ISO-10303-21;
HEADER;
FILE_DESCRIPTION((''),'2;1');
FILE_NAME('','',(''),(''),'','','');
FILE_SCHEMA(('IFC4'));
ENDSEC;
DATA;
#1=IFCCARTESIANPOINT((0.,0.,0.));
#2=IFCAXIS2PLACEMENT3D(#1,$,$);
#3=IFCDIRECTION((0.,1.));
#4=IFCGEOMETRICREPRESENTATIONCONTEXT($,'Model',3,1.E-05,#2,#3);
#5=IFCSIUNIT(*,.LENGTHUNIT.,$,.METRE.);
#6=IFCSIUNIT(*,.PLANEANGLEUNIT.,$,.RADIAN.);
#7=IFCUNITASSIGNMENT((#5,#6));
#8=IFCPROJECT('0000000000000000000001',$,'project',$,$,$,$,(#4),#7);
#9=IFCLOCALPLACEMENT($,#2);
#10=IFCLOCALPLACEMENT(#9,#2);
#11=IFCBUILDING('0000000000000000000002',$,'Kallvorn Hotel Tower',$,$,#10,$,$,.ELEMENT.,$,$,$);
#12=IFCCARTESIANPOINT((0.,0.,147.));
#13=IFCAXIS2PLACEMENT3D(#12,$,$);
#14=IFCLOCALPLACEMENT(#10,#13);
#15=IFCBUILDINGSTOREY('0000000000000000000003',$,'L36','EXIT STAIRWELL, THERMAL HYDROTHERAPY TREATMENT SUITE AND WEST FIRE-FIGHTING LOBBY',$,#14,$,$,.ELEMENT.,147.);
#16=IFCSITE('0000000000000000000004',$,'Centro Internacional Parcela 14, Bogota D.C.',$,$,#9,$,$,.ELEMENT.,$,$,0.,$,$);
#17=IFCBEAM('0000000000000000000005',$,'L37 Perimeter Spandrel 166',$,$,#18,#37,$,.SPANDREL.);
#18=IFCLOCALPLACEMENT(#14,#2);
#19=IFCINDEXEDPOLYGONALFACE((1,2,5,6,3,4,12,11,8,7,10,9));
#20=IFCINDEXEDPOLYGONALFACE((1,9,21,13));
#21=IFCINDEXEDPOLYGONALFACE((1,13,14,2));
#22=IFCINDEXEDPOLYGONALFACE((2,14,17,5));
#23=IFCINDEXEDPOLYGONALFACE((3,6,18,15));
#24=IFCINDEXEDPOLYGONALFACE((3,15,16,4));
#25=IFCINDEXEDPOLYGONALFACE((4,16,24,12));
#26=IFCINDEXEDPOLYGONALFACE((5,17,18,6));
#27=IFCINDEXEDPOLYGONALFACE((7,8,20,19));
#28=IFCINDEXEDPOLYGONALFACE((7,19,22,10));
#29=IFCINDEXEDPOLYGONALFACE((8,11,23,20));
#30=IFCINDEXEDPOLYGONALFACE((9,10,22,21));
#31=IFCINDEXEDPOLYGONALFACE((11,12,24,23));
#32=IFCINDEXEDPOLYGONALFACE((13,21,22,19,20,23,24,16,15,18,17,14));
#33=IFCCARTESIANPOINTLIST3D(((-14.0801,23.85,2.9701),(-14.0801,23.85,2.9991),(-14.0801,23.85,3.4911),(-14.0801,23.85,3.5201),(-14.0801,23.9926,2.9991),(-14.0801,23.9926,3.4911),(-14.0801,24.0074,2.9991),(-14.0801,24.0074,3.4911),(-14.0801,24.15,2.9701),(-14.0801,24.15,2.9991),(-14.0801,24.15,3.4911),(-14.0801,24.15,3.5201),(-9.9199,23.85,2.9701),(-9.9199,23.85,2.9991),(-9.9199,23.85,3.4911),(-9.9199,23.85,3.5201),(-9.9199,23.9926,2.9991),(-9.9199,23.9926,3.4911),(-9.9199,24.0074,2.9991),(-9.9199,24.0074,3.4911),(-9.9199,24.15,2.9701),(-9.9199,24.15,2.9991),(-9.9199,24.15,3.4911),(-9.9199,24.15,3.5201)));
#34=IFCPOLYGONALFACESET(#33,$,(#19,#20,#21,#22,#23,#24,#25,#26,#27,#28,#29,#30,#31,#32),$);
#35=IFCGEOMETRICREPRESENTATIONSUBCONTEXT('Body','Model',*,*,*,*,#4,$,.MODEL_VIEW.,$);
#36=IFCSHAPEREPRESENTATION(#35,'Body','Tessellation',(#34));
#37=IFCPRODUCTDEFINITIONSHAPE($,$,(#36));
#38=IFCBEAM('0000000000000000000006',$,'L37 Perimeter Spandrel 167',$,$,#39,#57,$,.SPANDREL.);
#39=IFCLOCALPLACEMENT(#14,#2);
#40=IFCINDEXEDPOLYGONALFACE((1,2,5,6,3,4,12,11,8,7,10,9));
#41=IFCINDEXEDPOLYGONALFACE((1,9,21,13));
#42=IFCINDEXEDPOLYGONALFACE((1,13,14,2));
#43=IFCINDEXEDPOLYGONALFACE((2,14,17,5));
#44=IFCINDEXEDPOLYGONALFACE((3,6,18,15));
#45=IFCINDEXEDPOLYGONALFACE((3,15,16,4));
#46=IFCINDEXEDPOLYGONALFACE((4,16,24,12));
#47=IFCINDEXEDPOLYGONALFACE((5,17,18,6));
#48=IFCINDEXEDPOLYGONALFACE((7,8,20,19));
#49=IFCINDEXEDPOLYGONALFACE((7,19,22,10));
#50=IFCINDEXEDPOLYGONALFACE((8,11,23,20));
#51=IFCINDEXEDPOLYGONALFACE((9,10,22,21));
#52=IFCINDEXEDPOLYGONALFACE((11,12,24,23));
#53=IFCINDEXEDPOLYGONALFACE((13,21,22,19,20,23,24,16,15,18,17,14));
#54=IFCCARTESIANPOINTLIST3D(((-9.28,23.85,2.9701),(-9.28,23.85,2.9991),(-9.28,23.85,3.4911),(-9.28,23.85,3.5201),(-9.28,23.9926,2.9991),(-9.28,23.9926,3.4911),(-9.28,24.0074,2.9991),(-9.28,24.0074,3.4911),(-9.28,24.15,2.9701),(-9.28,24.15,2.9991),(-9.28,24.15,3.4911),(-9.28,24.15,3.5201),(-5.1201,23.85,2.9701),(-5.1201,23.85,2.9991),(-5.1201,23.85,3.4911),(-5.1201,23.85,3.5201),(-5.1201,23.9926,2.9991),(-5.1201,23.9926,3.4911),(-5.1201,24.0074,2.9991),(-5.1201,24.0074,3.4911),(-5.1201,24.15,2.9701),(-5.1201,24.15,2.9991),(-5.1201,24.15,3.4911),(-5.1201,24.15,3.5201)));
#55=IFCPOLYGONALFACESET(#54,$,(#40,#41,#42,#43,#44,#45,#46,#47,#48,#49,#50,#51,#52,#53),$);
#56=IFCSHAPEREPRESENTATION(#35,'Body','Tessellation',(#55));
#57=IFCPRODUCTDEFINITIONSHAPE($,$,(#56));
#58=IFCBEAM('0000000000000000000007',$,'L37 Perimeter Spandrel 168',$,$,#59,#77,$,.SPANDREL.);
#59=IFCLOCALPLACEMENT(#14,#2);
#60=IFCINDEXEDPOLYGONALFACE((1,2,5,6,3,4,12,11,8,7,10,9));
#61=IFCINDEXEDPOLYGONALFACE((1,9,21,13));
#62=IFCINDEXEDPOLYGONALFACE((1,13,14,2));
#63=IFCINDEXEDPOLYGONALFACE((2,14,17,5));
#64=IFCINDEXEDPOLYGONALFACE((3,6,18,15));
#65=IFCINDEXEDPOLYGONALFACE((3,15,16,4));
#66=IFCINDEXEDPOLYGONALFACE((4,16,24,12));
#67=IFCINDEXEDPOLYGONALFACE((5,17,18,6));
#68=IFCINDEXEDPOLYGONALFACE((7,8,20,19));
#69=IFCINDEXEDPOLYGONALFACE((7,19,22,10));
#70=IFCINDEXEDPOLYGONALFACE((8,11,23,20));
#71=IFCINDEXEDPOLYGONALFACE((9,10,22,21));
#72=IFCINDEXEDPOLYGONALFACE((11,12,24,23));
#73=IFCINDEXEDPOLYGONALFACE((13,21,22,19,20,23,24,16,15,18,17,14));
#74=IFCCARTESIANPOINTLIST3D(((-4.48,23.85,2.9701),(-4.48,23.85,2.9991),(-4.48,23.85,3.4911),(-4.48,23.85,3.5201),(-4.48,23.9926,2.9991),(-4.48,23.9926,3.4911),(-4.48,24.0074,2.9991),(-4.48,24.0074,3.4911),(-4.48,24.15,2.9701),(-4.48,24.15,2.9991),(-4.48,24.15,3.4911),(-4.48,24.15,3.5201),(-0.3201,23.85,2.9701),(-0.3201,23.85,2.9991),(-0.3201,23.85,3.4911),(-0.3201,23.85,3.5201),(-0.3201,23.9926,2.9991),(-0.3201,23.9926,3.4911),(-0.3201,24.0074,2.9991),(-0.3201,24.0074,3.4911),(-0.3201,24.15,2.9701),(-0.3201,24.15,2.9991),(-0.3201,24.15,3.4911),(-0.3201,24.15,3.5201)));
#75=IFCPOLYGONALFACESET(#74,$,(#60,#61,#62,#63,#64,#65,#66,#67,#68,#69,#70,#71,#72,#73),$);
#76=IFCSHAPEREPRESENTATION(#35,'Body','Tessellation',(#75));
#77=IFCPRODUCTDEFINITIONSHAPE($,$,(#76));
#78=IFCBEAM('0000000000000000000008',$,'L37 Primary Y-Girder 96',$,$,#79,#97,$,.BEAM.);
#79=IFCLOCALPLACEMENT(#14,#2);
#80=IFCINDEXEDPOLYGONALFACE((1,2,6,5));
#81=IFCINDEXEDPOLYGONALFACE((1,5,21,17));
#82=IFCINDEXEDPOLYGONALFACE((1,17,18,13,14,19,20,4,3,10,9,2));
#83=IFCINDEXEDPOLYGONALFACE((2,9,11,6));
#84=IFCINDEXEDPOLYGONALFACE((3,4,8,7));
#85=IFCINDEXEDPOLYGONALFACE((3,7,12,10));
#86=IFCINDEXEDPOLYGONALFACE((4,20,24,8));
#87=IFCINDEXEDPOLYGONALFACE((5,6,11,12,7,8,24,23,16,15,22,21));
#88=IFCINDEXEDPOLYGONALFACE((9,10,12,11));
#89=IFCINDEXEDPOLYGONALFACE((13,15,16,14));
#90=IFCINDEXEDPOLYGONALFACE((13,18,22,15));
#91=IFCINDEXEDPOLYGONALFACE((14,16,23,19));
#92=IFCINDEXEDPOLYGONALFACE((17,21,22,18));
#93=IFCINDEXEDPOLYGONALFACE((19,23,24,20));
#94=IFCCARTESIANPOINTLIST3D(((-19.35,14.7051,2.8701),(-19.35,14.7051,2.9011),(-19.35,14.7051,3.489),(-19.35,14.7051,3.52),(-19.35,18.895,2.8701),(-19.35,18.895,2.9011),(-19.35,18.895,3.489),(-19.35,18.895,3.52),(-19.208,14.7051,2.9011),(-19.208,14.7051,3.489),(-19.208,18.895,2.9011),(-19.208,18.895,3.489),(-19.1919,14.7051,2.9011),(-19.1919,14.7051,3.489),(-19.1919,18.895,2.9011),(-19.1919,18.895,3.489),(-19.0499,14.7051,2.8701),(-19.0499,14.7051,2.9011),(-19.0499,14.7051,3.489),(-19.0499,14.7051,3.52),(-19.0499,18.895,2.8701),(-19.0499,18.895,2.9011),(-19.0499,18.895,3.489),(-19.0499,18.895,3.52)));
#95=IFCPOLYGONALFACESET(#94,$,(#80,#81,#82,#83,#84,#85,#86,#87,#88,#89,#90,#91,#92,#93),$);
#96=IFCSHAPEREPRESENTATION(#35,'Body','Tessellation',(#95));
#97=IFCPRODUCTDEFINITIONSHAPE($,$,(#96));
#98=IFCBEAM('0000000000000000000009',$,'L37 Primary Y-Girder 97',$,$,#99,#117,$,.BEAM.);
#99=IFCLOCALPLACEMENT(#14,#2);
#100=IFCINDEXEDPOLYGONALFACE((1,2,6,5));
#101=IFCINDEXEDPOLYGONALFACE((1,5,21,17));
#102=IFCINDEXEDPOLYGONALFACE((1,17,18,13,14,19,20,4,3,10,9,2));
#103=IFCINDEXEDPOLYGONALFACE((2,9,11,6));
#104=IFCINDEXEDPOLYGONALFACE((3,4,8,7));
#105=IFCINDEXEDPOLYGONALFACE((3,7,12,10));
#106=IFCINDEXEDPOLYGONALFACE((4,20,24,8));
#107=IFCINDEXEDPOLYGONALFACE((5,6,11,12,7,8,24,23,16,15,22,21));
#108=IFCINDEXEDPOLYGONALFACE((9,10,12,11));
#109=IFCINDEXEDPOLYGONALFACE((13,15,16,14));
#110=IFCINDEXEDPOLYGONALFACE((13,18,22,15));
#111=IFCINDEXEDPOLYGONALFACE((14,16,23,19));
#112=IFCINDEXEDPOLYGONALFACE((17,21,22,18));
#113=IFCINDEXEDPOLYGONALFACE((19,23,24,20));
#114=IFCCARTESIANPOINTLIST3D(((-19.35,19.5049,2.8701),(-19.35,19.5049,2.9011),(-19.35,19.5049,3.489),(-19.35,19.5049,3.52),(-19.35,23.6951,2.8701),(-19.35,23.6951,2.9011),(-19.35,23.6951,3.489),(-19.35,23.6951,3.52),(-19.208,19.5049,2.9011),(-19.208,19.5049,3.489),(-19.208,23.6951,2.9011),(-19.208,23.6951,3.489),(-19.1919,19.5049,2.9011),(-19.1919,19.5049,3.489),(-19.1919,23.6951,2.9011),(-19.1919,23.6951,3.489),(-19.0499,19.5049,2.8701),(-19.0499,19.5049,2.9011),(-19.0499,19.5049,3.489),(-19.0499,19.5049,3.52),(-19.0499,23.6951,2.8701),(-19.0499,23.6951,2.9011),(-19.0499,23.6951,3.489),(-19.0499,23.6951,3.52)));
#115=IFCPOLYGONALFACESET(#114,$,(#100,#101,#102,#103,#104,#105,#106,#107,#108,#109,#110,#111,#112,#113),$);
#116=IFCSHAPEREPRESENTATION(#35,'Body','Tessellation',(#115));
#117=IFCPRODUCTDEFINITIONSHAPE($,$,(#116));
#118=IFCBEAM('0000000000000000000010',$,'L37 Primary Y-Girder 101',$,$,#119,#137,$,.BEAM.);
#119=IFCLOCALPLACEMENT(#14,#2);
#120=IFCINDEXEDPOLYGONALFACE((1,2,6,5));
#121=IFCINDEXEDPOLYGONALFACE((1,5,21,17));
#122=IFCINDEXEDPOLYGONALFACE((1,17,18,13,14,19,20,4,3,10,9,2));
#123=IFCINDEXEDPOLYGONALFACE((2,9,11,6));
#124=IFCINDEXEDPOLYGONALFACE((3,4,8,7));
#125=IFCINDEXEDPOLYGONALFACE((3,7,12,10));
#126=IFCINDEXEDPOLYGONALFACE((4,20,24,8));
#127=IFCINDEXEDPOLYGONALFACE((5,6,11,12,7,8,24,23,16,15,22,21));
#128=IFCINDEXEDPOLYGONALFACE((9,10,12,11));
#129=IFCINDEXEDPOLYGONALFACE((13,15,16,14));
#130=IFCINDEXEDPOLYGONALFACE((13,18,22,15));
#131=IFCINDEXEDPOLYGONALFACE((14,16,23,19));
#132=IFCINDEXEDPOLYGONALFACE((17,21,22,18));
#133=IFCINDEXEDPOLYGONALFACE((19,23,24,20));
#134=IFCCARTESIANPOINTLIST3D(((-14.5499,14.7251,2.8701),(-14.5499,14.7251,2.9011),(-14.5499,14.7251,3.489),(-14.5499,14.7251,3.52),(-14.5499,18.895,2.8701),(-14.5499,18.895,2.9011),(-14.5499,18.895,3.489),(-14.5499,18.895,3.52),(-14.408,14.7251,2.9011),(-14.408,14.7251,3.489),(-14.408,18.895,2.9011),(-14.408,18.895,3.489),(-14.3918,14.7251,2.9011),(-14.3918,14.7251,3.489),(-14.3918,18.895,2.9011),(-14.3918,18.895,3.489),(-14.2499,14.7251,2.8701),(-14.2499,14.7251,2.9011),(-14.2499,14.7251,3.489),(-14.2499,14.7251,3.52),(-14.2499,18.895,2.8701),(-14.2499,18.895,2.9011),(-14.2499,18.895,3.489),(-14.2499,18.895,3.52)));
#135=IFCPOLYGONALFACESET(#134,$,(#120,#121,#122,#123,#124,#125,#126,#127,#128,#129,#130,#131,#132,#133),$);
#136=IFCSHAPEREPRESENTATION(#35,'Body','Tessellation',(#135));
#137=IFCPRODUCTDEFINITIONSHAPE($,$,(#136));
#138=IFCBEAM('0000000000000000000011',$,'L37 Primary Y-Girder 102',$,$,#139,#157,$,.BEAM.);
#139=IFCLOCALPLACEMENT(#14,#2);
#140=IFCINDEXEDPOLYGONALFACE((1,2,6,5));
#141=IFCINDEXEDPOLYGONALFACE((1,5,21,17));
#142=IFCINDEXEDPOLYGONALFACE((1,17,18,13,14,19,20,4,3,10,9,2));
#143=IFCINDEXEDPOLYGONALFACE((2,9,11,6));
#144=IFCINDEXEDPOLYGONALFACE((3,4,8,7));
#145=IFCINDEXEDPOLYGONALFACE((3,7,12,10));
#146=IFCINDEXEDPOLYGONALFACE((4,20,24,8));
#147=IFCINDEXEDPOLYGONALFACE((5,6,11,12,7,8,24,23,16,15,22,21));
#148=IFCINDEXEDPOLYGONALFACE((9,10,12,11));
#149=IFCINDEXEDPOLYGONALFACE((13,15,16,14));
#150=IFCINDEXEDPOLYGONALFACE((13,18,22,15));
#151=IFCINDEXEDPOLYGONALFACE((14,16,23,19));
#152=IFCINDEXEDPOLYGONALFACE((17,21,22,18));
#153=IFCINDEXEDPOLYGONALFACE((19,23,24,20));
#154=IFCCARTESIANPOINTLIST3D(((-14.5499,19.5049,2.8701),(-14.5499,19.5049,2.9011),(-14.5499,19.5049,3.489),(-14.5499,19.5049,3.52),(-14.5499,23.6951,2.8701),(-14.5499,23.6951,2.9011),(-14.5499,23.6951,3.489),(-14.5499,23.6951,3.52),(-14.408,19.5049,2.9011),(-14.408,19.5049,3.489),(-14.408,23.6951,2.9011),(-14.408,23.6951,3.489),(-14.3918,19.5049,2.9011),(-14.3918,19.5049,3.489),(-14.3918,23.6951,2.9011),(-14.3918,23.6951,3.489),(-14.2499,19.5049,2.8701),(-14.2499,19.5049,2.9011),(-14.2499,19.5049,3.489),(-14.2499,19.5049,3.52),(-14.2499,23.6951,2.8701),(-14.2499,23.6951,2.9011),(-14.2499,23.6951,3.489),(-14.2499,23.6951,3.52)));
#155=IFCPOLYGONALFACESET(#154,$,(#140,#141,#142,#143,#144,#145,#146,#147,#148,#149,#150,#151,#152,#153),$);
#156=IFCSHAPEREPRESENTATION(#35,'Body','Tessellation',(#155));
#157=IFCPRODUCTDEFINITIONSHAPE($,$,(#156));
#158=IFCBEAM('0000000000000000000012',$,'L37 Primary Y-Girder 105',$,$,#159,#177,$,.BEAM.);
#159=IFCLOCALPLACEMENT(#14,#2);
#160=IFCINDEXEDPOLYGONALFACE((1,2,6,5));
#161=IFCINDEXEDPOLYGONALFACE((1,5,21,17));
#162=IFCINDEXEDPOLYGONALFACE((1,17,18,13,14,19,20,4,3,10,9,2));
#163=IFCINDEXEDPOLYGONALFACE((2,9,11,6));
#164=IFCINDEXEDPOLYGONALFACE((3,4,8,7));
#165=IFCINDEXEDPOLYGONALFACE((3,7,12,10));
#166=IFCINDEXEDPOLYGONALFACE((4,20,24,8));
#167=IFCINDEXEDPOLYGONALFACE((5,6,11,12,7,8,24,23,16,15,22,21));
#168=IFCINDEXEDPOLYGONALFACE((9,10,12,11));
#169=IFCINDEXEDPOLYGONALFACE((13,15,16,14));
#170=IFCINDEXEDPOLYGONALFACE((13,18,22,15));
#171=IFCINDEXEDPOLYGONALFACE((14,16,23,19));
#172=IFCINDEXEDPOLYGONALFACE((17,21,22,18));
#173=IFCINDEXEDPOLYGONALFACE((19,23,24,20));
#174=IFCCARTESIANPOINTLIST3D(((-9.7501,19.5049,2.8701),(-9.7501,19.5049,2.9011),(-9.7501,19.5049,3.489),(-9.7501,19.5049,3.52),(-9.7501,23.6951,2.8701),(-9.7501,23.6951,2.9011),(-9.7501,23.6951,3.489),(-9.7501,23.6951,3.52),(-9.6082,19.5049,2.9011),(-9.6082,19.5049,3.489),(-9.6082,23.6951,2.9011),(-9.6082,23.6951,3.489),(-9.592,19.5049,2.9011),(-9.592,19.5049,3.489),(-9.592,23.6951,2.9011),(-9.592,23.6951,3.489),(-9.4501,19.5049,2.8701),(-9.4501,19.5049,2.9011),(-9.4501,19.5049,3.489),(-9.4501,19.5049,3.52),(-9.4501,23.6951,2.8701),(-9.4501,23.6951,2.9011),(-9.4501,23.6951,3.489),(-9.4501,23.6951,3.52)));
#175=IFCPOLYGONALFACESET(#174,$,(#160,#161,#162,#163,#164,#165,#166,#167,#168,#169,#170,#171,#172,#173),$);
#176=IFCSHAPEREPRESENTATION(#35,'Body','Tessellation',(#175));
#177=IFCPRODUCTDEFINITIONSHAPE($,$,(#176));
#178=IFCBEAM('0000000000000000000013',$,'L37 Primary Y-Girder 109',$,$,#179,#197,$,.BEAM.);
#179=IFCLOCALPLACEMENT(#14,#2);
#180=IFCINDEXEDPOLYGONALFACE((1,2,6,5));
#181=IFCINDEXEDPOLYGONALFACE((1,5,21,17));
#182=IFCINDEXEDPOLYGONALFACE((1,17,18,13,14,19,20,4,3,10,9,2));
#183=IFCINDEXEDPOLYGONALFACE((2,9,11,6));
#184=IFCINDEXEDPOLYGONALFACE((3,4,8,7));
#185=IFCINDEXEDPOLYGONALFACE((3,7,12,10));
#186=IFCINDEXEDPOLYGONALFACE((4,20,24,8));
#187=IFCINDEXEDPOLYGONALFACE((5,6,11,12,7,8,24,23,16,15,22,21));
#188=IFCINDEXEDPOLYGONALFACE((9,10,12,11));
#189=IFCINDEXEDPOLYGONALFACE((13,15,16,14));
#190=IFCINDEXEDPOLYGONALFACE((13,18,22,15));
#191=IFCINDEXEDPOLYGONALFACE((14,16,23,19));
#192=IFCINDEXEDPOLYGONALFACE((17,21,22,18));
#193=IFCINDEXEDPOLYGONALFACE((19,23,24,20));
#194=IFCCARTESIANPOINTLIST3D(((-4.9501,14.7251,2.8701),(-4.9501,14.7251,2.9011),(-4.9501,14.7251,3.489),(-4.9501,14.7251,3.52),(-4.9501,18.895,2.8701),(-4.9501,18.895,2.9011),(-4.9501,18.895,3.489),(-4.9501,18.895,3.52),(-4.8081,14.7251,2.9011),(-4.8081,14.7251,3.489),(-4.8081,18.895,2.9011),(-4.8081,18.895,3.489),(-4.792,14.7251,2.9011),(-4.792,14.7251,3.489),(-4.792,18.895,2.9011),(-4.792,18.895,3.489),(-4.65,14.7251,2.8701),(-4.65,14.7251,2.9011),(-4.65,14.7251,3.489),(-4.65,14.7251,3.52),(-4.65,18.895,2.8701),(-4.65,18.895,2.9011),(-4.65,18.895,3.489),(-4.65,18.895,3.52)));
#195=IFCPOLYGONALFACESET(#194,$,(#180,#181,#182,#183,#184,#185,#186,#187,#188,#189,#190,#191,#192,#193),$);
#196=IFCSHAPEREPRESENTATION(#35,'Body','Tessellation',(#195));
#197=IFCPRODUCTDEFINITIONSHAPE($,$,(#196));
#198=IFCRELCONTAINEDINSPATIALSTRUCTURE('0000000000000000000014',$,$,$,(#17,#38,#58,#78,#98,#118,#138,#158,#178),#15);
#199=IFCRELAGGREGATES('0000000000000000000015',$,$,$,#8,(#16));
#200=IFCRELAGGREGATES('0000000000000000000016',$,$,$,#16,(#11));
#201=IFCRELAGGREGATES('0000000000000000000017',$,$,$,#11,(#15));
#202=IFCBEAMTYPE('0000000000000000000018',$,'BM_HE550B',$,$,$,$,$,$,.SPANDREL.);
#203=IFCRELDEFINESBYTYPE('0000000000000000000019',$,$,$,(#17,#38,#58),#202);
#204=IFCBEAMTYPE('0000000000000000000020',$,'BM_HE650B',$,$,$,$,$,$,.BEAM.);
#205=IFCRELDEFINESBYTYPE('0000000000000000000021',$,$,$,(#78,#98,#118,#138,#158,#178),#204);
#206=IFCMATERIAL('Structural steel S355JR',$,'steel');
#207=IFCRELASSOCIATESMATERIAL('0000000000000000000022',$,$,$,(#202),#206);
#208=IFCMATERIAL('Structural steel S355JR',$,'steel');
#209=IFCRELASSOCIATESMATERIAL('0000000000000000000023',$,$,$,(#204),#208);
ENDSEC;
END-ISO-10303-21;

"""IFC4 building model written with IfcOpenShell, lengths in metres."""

from ifc_helpers import new_model, si_unit, direction, frame, origin, origin_2d, place, context, subcontext, project, spatial, i_section, extrude, material, material_profile, profile_set, type_object, element, save


model = new_model("IFC4")

# Units and contexts
model_context = context("Model", 3, precision=1e-05, world=origin(), true_north=direction((0.0, 1.0)))
body_context = subcontext(model_context, "Body", "Model", "MODEL_VIEW")
ifc_project = project(units=[si_unit("LENGTHUNIT", "METRE"), si_unit("PLANEANGLEUNIT", "RADIAN")], contexts=[model_context])

# Site, building, storey
site_placement = place(None, origin())
site = spatial("IfcSite", under=ifc_project, at=site_placement, Name="Centro Internacional Parcela 14, Bogota D.C.", CompositionType="ELEMENT", RefElevation=0.0)
building_placement = place(site_placement, origin())
building = spatial("IfcBuilding", under=site, at=building_placement, Name="Kallvorn Hotel Tower", CompositionType="ELEMENT")
storey_placement = place(building_placement, frame((0.0, 0.0, 147.0)))
storey = spatial("IfcBuildingStorey", under=building, at=storey_placement, Name="L36", Description="EXIT STAIRWELL, THERMAL HYDROTHERAPY TREATMENT SUITE AND WEST FIRE-FIGHTING LOBBY", CompositionType="ELEMENT", Elevation=147.0)

# Beams
ifc_material_1 = material(Name="Structural steel S355JR", Category="steel")
ifc_material_profile_1 = material_profile(ifc_material_1, i_section(OverallWidth=0.3, OverallDepth=0.55, WebThickness=0.0149, FlangeThickness=0.0291, at=origin_2d()), Name="HE 550 B")
ifc_profile_set_1 = profile_set([ifc_material_profile_1], Name="Structural steel S355JR")
beam_type_1 = type_object("IfcBeamType", Name="BM_HE550B", PredefinedType="SPANDREL", material=ifc_profile_set_1)
beam_1_placement = place(storey_placement, frame((-14.0801, 24.0, 3.2451), z_axis=(1.0, 0.0, 0.0), x_axis=(0.0, 1.0, 0.0)))
element("IfcBeam", 1, at=beam_1_placement, inside=storey, type_object=beam_type_1, Name="L37 Perimeter Spandrel 166", PredefinedType="SPANDREL", context=body_context, shape_type="SweptSolid", body=[
    extrude(i_section(OverallWidth=0.3, OverallDepth=0.55, WebThickness=0.0149, FlangeThickness=0.0291, at=origin_2d()), origin(), (0.0, 0.0, 1.0), 4.1602),
])
for number, where, z_axis, x_axis, name in (
    (2, (-9.28, 24.0, 3.2451), (1.0, 0.0, 0.0), (0.0, 1.0, 0.0), "L37 Perimeter Spandrel 167"),
    (3, (-4.48, 24.0, 3.2451), (1.0, 0.0, 0.0), (0.0, 1.0, 0.0), "L37 Perimeter Spandrel 168"),
):
    element("IfcBeam", number, at=place(storey_placement, frame(where, z_axis=z_axis, x_axis=x_axis)), inside=storey, type_object=beam_type_1, Name=name, PredefinedType="SPANDREL", context=body_context, shape_type="SweptSolid", body=[
        extrude(i_section(OverallWidth=0.3, OverallDepth=0.55, WebThickness=0.0149, FlangeThickness=0.0291, at=origin_2d()), origin(), (0.0, 0.0, 1.0), 4.1599),
    ])
ifc_material_2 = material(Name="Structural steel S355JR", Category="steel")
ifc_material_profile_2 = material_profile(ifc_material_2, i_section(OverallWidth=0.3, OverallDepth=0.6499, WebThickness=0.0161, FlangeThickness=0.031, at=origin_2d()), Name="HE 650 B")
ifc_profile_set_2 = profile_set([ifc_material_profile_2], Name="Structural steel S355JR")
beam_type_2 = type_object("IfcBeamType", Name="BM_HE650B", PredefinedType="BEAM", material=ifc_profile_set_2)
beam_2_placement = place(storey_placement, frame((-19.2, 14.7051, 3.1951), z_axis=(0.0, 1.0, 0.0), x_axis=(-1.0, 0.0, 0.0)))
element("IfcBeam", 4, at=beam_2_placement, inside=storey, type_object=beam_type_2, Name="L37 Primary Y-Girder 96", PredefinedType="BEAM", context=body_context, shape_type="SweptSolid", body=[
    extrude(i_section(OverallWidth=0.3, OverallDepth=0.6499, WebThickness=0.0161, FlangeThickness=0.031, at=origin_2d()), origin(), (0.0, 0.0, 1.0), 4.1899),
])
beam_3_placement = place(storey_placement, frame((-19.2, 19.5049, 3.1951), z_axis=(0.0, 1.0, 0.0), x_axis=(-1.0, 0.0, 0.0)))
element("IfcBeam", 5, at=beam_3_placement, inside=storey, type_object=beam_type_2, Name="L37 Primary Y-Girder 97", PredefinedType="BEAM", context=body_context, shape_type="SweptSolid", body=[
    extrude(i_section(OverallWidth=0.3, OverallDepth=0.6499, WebThickness=0.0161, FlangeThickness=0.031, at=origin_2d()), origin(), (0.0, 0.0, 1.0), 4.1902),
])
beam_4_placement = place(storey_placement, frame((-14.3999, 14.7251, 3.1951), z_axis=(0.0, 1.0, 0.0), x_axis=(-1.0, 0.0, 0.0)))
element("IfcBeam", 6, at=beam_4_placement, inside=storey, type_object=beam_type_2, Name="L37 Primary Y-Girder 101", PredefinedType="BEAM", context=body_context, shape_type="SweptSolid", body=[
    extrude(i_section(OverallWidth=0.3, OverallDepth=0.6499, WebThickness=0.0161, FlangeThickness=0.031, at=origin_2d()), origin(), (0.0, 0.0, 1.0), 4.1699),
])
for number, where, z_axis, x_axis, name in (
    (7, (-14.3999, 19.5049, 3.1951), (0.0, 1.0, 0.0), (-1.0, 0.0, 0.0), "L37 Primary Y-Girder 102"),
    (8, (-9.6001, 19.5049, 3.1951), (0.0, 1.0, 0.0), (-1.0, 0.0, 0.0), "L37 Primary Y-Girder 105"),
):
    element("IfcBeam", number, at=place(storey_placement, frame(where, z_axis=z_axis, x_axis=x_axis)), inside=storey, type_object=beam_type_2, Name=name, PredefinedType="BEAM", context=body_context, shape_type="SweptSolid", body=[
        extrude(i_section(OverallWidth=0.3, OverallDepth=0.6499, WebThickness=0.0161, FlangeThickness=0.031, at=origin_2d()), origin(), (0.0, 0.0, 1.0), 4.1902),
    ])
beam_5_placement = place(storey_placement, frame((-4.8, 14.7251, 3.1951), z_axis=(0.0, 1.0, 0.0), x_axis=(-1.0, 0.0, 0.0)))
element("IfcBeam", 9, at=beam_5_placement, inside=storey, type_object=beam_type_2, Name="L37 Primary Y-Girder 109", PredefinedType="BEAM", context=body_context, shape_type="SweptSolid", body=[
    extrude(i_section(OverallWidth=0.3, OverallDepth=0.6499, WebThickness=0.0161, FlangeThickness=0.031, at=origin_2d()), origin(), (0.0, 0.0, 1.0), 4.1699),
])

save(model, "model.ifc")
